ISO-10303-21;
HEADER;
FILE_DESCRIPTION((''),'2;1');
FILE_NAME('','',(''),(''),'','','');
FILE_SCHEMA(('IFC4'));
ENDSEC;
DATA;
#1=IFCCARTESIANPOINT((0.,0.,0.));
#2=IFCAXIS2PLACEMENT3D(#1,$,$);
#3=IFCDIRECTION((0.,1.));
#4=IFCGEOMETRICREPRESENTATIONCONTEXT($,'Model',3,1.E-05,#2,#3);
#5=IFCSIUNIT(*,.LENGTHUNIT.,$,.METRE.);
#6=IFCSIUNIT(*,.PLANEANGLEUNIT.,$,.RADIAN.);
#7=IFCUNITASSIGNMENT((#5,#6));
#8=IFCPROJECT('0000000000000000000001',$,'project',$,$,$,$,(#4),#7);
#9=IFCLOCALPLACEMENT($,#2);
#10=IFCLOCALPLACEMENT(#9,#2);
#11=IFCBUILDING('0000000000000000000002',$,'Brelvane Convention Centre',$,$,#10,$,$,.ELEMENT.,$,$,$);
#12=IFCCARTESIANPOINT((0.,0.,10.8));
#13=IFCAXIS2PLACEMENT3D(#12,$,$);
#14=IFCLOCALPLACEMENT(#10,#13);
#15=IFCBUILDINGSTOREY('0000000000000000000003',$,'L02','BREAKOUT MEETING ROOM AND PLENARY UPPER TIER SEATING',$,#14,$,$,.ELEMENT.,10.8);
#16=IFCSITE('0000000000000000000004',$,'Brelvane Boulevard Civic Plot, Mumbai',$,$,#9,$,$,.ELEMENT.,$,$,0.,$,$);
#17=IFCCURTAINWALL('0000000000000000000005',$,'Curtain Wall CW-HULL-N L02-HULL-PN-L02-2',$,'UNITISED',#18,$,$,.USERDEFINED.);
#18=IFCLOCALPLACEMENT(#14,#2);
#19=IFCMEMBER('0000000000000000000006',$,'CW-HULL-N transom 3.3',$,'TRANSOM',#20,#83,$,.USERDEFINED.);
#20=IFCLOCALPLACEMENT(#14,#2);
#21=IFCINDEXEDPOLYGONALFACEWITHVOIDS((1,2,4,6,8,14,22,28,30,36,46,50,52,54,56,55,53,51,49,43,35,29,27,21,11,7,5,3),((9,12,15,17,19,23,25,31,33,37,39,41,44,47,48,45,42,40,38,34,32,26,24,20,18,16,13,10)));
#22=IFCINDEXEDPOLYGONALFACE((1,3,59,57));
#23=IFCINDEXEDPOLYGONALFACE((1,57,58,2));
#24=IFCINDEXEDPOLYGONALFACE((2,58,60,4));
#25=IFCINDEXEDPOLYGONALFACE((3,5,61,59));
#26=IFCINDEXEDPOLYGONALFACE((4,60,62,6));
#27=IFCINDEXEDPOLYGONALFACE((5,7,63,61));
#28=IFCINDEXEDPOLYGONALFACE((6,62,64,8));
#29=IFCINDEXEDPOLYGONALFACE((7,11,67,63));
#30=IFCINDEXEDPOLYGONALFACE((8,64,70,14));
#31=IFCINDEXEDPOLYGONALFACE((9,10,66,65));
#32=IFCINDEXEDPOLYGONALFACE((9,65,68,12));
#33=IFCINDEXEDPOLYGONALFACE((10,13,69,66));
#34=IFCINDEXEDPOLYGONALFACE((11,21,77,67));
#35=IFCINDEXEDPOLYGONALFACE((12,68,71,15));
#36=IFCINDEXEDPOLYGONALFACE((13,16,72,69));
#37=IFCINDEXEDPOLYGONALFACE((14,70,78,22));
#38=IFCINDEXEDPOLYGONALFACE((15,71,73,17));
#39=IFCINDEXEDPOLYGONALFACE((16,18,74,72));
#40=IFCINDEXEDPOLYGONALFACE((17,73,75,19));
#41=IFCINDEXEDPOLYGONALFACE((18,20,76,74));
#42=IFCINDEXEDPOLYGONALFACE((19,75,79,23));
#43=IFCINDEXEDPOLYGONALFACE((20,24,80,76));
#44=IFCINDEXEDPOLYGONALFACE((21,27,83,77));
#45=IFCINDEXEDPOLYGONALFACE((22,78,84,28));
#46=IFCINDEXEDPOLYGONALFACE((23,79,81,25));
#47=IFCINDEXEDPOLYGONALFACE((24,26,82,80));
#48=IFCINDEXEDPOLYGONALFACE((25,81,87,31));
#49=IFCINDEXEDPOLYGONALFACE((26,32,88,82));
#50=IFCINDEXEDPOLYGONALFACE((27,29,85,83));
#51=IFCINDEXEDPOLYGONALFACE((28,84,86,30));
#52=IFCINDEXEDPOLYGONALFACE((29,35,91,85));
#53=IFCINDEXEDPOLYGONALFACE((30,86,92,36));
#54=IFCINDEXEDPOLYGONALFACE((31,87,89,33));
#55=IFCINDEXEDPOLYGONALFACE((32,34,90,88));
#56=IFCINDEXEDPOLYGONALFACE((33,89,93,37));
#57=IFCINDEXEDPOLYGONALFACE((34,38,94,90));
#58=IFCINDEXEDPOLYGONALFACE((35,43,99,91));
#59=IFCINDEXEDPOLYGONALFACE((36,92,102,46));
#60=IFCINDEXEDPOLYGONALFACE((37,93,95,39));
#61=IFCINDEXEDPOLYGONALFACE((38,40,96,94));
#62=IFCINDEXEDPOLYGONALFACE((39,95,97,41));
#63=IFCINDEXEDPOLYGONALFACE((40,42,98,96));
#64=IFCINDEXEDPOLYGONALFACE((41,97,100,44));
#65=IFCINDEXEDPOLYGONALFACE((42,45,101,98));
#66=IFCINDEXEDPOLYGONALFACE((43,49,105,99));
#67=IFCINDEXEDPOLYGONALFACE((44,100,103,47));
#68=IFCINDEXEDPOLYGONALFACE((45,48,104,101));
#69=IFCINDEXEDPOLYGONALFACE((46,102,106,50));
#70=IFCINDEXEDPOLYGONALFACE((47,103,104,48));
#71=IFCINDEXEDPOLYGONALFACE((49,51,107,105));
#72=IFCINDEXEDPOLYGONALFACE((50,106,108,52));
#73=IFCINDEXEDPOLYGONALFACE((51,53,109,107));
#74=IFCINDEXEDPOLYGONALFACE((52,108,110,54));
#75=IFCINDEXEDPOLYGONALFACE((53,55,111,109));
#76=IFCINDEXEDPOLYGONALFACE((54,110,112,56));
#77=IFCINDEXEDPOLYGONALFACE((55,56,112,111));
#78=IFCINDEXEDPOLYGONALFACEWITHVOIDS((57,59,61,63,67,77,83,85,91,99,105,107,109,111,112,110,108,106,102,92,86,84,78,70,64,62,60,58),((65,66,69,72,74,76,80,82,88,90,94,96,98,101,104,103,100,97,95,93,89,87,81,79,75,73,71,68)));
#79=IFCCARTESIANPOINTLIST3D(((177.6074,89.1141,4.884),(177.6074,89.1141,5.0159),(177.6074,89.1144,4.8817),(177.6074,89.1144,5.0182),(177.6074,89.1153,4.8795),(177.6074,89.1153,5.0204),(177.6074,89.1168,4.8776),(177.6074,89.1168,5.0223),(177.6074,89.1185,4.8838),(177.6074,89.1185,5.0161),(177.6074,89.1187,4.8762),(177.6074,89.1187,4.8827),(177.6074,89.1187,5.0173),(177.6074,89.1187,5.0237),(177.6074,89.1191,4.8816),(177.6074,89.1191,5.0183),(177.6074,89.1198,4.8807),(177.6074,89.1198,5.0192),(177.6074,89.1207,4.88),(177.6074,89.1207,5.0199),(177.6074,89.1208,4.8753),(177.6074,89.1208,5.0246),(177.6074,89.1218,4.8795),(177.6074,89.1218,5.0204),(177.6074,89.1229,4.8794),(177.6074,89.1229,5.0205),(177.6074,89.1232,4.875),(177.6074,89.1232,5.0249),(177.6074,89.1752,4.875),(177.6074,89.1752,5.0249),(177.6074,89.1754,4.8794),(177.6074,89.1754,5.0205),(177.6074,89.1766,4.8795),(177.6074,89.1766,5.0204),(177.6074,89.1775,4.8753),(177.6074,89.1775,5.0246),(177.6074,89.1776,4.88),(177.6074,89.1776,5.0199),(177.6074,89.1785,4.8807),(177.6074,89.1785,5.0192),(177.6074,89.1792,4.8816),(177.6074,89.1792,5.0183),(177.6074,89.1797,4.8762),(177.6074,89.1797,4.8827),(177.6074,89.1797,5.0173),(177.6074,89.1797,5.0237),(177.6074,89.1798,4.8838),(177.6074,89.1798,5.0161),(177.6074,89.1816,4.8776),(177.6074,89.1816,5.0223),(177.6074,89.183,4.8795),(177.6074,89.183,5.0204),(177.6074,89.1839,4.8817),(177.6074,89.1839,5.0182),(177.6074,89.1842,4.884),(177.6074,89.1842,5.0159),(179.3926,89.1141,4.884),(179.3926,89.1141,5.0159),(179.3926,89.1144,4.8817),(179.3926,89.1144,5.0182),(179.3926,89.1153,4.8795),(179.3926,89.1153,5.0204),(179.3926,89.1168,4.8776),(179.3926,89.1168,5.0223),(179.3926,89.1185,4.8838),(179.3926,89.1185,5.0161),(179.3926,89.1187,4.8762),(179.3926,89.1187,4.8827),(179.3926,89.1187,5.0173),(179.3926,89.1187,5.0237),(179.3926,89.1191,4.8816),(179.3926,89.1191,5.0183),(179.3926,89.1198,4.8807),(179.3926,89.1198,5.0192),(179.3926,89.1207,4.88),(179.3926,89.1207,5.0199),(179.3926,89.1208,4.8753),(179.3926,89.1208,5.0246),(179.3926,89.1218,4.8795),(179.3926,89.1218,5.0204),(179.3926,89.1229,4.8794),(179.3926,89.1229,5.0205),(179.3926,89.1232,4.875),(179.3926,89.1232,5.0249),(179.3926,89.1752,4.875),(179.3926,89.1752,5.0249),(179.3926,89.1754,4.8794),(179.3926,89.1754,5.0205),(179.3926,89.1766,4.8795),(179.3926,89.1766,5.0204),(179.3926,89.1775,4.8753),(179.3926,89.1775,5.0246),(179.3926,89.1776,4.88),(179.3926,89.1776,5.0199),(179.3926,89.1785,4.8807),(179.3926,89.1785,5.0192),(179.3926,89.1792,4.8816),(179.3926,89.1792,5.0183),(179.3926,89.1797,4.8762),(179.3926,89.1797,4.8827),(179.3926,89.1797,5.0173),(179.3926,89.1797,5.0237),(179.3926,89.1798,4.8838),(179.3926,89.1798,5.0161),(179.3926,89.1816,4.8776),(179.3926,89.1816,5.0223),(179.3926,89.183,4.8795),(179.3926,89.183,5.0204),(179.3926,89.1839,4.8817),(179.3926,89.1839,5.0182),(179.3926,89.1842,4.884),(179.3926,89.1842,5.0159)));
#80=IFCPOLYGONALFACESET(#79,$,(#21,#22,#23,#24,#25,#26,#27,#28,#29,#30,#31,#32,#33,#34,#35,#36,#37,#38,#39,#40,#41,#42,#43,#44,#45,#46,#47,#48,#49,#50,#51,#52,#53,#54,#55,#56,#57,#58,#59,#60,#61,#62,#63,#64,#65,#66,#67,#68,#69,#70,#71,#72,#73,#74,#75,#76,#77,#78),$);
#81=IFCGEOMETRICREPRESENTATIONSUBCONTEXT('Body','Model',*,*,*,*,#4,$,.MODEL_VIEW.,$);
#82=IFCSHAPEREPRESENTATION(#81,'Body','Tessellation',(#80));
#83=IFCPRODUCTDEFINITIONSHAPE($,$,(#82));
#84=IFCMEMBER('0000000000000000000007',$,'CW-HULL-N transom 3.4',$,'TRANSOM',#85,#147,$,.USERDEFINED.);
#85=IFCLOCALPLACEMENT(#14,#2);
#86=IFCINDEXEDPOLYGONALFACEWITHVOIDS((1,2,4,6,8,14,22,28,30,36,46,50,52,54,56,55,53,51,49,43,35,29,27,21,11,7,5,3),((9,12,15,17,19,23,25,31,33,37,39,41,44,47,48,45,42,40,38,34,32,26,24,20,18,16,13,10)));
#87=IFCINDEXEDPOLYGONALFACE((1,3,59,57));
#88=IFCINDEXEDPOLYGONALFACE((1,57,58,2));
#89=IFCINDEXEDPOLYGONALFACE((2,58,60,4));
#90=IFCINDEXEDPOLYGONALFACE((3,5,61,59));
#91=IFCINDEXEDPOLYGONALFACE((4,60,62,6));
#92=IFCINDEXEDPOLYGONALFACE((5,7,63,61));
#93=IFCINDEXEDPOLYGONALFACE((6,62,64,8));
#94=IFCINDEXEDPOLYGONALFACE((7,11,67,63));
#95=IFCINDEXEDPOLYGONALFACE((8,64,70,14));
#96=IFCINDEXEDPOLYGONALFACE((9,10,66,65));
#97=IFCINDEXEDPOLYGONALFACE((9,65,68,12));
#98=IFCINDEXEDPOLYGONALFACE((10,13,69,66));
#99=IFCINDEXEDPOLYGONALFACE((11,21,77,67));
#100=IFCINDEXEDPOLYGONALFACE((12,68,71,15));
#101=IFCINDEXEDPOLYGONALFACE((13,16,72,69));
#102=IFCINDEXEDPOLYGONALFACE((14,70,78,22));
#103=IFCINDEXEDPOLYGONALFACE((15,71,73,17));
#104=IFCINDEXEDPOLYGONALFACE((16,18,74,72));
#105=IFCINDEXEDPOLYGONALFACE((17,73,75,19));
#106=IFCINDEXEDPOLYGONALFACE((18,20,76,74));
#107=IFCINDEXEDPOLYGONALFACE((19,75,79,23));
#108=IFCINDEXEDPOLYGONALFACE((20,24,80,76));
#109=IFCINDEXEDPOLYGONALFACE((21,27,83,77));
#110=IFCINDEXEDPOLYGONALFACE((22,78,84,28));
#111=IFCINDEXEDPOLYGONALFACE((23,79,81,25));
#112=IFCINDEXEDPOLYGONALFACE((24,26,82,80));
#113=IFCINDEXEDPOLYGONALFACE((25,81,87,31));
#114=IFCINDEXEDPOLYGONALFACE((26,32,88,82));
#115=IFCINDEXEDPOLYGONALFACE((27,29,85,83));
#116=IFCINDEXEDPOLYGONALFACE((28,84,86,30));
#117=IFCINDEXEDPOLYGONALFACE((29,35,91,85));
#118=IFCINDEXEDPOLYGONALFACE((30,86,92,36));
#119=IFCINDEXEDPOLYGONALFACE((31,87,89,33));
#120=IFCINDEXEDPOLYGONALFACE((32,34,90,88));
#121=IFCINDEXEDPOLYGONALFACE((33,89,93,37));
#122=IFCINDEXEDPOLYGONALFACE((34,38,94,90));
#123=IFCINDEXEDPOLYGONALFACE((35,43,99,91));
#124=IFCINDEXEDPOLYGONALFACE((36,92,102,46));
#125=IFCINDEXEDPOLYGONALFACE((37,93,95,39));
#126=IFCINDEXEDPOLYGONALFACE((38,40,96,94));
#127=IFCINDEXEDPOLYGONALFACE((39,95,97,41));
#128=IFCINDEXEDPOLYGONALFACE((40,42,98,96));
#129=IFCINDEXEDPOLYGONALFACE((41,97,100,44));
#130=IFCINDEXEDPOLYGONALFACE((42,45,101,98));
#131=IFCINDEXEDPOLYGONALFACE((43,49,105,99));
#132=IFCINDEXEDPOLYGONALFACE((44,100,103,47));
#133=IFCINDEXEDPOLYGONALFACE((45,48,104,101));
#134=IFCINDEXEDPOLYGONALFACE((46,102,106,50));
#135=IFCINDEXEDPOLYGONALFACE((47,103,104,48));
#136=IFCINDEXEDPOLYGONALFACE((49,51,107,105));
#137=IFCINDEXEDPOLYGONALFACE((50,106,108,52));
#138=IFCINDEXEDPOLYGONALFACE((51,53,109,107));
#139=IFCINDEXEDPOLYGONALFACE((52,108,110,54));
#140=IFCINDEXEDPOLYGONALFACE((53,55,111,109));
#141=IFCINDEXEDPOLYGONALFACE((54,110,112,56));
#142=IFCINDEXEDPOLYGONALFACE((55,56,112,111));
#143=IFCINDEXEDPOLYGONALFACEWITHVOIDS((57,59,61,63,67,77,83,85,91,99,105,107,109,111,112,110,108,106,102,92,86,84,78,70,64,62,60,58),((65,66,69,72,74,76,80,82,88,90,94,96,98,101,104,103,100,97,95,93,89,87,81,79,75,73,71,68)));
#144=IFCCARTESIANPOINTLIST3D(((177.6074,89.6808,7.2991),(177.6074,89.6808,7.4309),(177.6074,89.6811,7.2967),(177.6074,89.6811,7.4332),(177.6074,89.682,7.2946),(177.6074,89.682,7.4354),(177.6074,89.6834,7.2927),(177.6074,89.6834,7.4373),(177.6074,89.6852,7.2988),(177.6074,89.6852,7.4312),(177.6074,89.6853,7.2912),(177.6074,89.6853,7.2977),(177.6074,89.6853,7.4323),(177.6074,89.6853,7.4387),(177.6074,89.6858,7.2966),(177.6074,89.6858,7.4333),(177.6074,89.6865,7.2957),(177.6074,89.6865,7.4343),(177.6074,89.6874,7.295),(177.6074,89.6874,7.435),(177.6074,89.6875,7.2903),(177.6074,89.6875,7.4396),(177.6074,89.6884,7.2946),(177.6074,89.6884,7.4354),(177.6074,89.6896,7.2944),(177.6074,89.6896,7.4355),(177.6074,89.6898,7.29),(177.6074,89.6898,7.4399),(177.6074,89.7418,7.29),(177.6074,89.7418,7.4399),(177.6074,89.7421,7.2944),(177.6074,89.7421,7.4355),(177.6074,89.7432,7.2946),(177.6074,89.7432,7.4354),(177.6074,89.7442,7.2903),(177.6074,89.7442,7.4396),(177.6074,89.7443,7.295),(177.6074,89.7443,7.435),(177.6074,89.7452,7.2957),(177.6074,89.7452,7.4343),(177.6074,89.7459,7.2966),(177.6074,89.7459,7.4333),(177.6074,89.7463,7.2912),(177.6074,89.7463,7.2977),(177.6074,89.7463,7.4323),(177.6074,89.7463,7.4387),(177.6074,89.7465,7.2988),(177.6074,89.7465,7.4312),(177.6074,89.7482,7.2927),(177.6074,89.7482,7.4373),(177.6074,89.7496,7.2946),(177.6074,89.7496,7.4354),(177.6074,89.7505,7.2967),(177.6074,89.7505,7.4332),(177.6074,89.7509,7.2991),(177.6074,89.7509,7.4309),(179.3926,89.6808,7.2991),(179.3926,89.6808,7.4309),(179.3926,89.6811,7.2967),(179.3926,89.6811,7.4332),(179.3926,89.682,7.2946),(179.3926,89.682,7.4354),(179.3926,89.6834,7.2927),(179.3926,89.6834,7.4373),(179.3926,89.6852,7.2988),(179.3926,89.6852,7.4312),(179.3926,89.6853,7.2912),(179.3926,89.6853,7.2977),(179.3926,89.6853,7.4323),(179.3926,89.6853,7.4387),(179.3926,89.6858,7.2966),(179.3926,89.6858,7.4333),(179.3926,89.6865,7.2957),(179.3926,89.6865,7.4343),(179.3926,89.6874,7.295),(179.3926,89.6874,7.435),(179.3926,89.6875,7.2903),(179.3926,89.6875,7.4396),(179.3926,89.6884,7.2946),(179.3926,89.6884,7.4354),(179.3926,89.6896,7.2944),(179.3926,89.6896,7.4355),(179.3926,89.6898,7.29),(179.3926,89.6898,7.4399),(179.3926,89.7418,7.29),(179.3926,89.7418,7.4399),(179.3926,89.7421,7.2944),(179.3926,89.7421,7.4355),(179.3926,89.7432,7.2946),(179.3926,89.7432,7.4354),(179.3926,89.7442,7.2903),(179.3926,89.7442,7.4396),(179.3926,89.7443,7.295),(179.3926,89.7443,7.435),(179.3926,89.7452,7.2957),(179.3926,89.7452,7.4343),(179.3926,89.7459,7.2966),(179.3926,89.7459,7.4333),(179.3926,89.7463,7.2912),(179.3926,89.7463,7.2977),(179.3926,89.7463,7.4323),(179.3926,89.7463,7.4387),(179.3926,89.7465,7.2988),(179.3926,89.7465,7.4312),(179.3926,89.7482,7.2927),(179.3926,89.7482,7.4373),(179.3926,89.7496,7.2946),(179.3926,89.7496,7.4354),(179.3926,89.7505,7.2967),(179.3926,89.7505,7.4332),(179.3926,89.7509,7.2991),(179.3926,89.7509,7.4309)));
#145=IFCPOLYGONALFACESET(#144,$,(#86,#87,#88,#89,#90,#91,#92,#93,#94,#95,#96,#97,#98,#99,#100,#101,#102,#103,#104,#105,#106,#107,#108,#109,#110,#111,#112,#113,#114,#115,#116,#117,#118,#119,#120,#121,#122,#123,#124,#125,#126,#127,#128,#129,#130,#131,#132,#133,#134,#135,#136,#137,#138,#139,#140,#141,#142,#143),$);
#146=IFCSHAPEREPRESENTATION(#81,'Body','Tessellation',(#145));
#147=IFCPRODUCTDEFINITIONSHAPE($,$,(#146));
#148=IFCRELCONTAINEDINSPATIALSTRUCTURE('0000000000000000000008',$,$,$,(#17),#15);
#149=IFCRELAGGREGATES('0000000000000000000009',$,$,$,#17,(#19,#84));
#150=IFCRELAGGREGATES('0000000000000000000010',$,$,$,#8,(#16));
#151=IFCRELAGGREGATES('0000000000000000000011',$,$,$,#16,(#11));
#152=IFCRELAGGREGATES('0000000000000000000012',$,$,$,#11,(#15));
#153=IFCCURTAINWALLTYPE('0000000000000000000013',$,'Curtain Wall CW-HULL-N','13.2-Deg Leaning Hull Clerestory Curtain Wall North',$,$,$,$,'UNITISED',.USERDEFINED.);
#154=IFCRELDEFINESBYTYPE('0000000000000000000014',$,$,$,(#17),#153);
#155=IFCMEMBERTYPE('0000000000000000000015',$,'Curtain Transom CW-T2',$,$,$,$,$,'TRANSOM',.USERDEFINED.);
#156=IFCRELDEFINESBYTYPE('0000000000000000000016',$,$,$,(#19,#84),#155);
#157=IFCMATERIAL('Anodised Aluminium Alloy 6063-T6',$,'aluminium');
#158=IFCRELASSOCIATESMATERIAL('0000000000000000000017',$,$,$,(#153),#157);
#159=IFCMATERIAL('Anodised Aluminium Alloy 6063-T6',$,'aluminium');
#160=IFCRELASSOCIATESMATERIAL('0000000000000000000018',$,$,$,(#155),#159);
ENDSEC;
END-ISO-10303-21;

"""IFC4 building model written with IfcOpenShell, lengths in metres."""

from ifc_helpers import new_model, si_unit, direction, frame, origin, origin_2d, place, context, subcontext, project, spatial, hollow_rectangle, extrude, material, material_profile, profile_set, type_object, element, aggregate, save


model = new_model("IFC4")

# Units and contexts
model_context = context("Model", 3, precision=1e-05, world=origin(), true_north=direction((0.0, 1.0)))
body_context = subcontext(model_context, "Body", "Model", "MODEL_VIEW")
ifc_project = project(units=[si_unit("LENGTHUNIT", "METRE"), si_unit("PLANEANGLEUNIT", "RADIAN")], contexts=[model_context])

# Site, building, storey
site_placement = place(None, origin())
site = spatial("IfcSite", under=ifc_project, at=site_placement, Name="Brelvane Boulevard Civic Plot, Mumbai", CompositionType="ELEMENT", RefElevation=0.0)
building_placement = place(site_placement, origin())
building = spatial("IfcBuilding", under=site, at=building_placement, Name="Brelvane Convention Centre", CompositionType="ELEMENT")
storey_placement = place(building_placement, frame((0.0, 0.0, 10.8)))
storey = spatial("IfcBuildingStorey", under=building, at=storey_placement, Name="L02", Description="BREAKOUT MEETING ROOM AND PLENARY UPPER TIER SEATING", CompositionType="ELEMENT", Elevation=10.8)

# Curtain wall, members
ifc_material_1 = material(Name="Anodised Aluminium Alloy 6063-T6", Category="aluminium")
curtain_wall_type = type_object("IfcCurtainWallType", Name="Curtain Wall CW-HULL-N", Description="13.2-Deg Leaning Hull Clerestory Curtain Wall North", ElementType="UNITISED", PredefinedType="USERDEFINED", material=ifc_material_1)
ifc_material_2 = material(Name="Anodised Aluminium Alloy 6063-T6", Category="aluminium")
ifc_material_profile = material_profile(ifc_material_2, hollow_rectangle(XDim=0.0701, YDim=0.1499, WallThickness=0.0044, InnerFilletRadius=0.0044, OuterFilletRadius=0.009, at=origin_2d()), Name="ALU-T 150x70x4.5")
ifc_profile_set = profile_set([ifc_material_profile], Name="Anodised Aluminium Alloy 6063-T6")
member_type = type_object("IfcMemberType", Name="Curtain Transom CW-T2", ElementType="TRANSOM", PredefinedType="USERDEFINED", material=ifc_profile_set)
curtain_wall_1_placement = place(storey_placement, origin())
curtain_wall_1 = element("IfcCurtainWall", 1, at=curtain_wall_1_placement, inside=storey, type_object=curtain_wall_type, Name="Curtain Wall CW-HULL-N L02-HULL-PN-L02-2", ObjectType="UNITISED", PredefinedType="USERDEFINED")
member_1_placement = place(storey_placement, frame((177.6074, 89.1492, 4.95), z_axis=(1.0, 0.0, 0.0), x_axis=(0.0, 1.0, 0.0)))
member_1 = element("IfcMember", 2, at=member_1_placement, type_object=member_type, Name="CW-HULL-N transom 3.3", ObjectType="TRANSOM", PredefinedType="USERDEFINED", context=body_context, shape_type="SweptSolid", body=[
    extrude(hollow_rectangle(XDim=0.0701, YDim=0.1499, WallThickness=0.0044, InnerFilletRadius=0.0044, OuterFilletRadius=0.009, at=origin_2d()), origin(), (0.0, 0.0, 1.0), 1.7852),
])
member_2_placement = place(storey_placement, frame((177.6074, 89.7158, 7.365), z_axis=(1.0, 0.0, 0.0), x_axis=(0.0, 1.0, 0.0)))
member_2 = element("IfcMember", 3, at=member_2_placement, type_object=member_type, Name="CW-HULL-N transom 3.4", ObjectType="TRANSOM", PredefinedType="USERDEFINED", context=body_context, shape_type="SweptSolid", body=[
    extrude(hollow_rectangle(XDim=0.0701, YDim=0.1499, WallThickness=0.0044, InnerFilletRadius=0.0044, OuterFilletRadius=0.009, at=origin_2d()), origin(), (0.0, 0.0, 1.0), 1.7852),
])

aggregate(curtain_wall_1, [member_1, member_2])

save(model, "model.ifc")
